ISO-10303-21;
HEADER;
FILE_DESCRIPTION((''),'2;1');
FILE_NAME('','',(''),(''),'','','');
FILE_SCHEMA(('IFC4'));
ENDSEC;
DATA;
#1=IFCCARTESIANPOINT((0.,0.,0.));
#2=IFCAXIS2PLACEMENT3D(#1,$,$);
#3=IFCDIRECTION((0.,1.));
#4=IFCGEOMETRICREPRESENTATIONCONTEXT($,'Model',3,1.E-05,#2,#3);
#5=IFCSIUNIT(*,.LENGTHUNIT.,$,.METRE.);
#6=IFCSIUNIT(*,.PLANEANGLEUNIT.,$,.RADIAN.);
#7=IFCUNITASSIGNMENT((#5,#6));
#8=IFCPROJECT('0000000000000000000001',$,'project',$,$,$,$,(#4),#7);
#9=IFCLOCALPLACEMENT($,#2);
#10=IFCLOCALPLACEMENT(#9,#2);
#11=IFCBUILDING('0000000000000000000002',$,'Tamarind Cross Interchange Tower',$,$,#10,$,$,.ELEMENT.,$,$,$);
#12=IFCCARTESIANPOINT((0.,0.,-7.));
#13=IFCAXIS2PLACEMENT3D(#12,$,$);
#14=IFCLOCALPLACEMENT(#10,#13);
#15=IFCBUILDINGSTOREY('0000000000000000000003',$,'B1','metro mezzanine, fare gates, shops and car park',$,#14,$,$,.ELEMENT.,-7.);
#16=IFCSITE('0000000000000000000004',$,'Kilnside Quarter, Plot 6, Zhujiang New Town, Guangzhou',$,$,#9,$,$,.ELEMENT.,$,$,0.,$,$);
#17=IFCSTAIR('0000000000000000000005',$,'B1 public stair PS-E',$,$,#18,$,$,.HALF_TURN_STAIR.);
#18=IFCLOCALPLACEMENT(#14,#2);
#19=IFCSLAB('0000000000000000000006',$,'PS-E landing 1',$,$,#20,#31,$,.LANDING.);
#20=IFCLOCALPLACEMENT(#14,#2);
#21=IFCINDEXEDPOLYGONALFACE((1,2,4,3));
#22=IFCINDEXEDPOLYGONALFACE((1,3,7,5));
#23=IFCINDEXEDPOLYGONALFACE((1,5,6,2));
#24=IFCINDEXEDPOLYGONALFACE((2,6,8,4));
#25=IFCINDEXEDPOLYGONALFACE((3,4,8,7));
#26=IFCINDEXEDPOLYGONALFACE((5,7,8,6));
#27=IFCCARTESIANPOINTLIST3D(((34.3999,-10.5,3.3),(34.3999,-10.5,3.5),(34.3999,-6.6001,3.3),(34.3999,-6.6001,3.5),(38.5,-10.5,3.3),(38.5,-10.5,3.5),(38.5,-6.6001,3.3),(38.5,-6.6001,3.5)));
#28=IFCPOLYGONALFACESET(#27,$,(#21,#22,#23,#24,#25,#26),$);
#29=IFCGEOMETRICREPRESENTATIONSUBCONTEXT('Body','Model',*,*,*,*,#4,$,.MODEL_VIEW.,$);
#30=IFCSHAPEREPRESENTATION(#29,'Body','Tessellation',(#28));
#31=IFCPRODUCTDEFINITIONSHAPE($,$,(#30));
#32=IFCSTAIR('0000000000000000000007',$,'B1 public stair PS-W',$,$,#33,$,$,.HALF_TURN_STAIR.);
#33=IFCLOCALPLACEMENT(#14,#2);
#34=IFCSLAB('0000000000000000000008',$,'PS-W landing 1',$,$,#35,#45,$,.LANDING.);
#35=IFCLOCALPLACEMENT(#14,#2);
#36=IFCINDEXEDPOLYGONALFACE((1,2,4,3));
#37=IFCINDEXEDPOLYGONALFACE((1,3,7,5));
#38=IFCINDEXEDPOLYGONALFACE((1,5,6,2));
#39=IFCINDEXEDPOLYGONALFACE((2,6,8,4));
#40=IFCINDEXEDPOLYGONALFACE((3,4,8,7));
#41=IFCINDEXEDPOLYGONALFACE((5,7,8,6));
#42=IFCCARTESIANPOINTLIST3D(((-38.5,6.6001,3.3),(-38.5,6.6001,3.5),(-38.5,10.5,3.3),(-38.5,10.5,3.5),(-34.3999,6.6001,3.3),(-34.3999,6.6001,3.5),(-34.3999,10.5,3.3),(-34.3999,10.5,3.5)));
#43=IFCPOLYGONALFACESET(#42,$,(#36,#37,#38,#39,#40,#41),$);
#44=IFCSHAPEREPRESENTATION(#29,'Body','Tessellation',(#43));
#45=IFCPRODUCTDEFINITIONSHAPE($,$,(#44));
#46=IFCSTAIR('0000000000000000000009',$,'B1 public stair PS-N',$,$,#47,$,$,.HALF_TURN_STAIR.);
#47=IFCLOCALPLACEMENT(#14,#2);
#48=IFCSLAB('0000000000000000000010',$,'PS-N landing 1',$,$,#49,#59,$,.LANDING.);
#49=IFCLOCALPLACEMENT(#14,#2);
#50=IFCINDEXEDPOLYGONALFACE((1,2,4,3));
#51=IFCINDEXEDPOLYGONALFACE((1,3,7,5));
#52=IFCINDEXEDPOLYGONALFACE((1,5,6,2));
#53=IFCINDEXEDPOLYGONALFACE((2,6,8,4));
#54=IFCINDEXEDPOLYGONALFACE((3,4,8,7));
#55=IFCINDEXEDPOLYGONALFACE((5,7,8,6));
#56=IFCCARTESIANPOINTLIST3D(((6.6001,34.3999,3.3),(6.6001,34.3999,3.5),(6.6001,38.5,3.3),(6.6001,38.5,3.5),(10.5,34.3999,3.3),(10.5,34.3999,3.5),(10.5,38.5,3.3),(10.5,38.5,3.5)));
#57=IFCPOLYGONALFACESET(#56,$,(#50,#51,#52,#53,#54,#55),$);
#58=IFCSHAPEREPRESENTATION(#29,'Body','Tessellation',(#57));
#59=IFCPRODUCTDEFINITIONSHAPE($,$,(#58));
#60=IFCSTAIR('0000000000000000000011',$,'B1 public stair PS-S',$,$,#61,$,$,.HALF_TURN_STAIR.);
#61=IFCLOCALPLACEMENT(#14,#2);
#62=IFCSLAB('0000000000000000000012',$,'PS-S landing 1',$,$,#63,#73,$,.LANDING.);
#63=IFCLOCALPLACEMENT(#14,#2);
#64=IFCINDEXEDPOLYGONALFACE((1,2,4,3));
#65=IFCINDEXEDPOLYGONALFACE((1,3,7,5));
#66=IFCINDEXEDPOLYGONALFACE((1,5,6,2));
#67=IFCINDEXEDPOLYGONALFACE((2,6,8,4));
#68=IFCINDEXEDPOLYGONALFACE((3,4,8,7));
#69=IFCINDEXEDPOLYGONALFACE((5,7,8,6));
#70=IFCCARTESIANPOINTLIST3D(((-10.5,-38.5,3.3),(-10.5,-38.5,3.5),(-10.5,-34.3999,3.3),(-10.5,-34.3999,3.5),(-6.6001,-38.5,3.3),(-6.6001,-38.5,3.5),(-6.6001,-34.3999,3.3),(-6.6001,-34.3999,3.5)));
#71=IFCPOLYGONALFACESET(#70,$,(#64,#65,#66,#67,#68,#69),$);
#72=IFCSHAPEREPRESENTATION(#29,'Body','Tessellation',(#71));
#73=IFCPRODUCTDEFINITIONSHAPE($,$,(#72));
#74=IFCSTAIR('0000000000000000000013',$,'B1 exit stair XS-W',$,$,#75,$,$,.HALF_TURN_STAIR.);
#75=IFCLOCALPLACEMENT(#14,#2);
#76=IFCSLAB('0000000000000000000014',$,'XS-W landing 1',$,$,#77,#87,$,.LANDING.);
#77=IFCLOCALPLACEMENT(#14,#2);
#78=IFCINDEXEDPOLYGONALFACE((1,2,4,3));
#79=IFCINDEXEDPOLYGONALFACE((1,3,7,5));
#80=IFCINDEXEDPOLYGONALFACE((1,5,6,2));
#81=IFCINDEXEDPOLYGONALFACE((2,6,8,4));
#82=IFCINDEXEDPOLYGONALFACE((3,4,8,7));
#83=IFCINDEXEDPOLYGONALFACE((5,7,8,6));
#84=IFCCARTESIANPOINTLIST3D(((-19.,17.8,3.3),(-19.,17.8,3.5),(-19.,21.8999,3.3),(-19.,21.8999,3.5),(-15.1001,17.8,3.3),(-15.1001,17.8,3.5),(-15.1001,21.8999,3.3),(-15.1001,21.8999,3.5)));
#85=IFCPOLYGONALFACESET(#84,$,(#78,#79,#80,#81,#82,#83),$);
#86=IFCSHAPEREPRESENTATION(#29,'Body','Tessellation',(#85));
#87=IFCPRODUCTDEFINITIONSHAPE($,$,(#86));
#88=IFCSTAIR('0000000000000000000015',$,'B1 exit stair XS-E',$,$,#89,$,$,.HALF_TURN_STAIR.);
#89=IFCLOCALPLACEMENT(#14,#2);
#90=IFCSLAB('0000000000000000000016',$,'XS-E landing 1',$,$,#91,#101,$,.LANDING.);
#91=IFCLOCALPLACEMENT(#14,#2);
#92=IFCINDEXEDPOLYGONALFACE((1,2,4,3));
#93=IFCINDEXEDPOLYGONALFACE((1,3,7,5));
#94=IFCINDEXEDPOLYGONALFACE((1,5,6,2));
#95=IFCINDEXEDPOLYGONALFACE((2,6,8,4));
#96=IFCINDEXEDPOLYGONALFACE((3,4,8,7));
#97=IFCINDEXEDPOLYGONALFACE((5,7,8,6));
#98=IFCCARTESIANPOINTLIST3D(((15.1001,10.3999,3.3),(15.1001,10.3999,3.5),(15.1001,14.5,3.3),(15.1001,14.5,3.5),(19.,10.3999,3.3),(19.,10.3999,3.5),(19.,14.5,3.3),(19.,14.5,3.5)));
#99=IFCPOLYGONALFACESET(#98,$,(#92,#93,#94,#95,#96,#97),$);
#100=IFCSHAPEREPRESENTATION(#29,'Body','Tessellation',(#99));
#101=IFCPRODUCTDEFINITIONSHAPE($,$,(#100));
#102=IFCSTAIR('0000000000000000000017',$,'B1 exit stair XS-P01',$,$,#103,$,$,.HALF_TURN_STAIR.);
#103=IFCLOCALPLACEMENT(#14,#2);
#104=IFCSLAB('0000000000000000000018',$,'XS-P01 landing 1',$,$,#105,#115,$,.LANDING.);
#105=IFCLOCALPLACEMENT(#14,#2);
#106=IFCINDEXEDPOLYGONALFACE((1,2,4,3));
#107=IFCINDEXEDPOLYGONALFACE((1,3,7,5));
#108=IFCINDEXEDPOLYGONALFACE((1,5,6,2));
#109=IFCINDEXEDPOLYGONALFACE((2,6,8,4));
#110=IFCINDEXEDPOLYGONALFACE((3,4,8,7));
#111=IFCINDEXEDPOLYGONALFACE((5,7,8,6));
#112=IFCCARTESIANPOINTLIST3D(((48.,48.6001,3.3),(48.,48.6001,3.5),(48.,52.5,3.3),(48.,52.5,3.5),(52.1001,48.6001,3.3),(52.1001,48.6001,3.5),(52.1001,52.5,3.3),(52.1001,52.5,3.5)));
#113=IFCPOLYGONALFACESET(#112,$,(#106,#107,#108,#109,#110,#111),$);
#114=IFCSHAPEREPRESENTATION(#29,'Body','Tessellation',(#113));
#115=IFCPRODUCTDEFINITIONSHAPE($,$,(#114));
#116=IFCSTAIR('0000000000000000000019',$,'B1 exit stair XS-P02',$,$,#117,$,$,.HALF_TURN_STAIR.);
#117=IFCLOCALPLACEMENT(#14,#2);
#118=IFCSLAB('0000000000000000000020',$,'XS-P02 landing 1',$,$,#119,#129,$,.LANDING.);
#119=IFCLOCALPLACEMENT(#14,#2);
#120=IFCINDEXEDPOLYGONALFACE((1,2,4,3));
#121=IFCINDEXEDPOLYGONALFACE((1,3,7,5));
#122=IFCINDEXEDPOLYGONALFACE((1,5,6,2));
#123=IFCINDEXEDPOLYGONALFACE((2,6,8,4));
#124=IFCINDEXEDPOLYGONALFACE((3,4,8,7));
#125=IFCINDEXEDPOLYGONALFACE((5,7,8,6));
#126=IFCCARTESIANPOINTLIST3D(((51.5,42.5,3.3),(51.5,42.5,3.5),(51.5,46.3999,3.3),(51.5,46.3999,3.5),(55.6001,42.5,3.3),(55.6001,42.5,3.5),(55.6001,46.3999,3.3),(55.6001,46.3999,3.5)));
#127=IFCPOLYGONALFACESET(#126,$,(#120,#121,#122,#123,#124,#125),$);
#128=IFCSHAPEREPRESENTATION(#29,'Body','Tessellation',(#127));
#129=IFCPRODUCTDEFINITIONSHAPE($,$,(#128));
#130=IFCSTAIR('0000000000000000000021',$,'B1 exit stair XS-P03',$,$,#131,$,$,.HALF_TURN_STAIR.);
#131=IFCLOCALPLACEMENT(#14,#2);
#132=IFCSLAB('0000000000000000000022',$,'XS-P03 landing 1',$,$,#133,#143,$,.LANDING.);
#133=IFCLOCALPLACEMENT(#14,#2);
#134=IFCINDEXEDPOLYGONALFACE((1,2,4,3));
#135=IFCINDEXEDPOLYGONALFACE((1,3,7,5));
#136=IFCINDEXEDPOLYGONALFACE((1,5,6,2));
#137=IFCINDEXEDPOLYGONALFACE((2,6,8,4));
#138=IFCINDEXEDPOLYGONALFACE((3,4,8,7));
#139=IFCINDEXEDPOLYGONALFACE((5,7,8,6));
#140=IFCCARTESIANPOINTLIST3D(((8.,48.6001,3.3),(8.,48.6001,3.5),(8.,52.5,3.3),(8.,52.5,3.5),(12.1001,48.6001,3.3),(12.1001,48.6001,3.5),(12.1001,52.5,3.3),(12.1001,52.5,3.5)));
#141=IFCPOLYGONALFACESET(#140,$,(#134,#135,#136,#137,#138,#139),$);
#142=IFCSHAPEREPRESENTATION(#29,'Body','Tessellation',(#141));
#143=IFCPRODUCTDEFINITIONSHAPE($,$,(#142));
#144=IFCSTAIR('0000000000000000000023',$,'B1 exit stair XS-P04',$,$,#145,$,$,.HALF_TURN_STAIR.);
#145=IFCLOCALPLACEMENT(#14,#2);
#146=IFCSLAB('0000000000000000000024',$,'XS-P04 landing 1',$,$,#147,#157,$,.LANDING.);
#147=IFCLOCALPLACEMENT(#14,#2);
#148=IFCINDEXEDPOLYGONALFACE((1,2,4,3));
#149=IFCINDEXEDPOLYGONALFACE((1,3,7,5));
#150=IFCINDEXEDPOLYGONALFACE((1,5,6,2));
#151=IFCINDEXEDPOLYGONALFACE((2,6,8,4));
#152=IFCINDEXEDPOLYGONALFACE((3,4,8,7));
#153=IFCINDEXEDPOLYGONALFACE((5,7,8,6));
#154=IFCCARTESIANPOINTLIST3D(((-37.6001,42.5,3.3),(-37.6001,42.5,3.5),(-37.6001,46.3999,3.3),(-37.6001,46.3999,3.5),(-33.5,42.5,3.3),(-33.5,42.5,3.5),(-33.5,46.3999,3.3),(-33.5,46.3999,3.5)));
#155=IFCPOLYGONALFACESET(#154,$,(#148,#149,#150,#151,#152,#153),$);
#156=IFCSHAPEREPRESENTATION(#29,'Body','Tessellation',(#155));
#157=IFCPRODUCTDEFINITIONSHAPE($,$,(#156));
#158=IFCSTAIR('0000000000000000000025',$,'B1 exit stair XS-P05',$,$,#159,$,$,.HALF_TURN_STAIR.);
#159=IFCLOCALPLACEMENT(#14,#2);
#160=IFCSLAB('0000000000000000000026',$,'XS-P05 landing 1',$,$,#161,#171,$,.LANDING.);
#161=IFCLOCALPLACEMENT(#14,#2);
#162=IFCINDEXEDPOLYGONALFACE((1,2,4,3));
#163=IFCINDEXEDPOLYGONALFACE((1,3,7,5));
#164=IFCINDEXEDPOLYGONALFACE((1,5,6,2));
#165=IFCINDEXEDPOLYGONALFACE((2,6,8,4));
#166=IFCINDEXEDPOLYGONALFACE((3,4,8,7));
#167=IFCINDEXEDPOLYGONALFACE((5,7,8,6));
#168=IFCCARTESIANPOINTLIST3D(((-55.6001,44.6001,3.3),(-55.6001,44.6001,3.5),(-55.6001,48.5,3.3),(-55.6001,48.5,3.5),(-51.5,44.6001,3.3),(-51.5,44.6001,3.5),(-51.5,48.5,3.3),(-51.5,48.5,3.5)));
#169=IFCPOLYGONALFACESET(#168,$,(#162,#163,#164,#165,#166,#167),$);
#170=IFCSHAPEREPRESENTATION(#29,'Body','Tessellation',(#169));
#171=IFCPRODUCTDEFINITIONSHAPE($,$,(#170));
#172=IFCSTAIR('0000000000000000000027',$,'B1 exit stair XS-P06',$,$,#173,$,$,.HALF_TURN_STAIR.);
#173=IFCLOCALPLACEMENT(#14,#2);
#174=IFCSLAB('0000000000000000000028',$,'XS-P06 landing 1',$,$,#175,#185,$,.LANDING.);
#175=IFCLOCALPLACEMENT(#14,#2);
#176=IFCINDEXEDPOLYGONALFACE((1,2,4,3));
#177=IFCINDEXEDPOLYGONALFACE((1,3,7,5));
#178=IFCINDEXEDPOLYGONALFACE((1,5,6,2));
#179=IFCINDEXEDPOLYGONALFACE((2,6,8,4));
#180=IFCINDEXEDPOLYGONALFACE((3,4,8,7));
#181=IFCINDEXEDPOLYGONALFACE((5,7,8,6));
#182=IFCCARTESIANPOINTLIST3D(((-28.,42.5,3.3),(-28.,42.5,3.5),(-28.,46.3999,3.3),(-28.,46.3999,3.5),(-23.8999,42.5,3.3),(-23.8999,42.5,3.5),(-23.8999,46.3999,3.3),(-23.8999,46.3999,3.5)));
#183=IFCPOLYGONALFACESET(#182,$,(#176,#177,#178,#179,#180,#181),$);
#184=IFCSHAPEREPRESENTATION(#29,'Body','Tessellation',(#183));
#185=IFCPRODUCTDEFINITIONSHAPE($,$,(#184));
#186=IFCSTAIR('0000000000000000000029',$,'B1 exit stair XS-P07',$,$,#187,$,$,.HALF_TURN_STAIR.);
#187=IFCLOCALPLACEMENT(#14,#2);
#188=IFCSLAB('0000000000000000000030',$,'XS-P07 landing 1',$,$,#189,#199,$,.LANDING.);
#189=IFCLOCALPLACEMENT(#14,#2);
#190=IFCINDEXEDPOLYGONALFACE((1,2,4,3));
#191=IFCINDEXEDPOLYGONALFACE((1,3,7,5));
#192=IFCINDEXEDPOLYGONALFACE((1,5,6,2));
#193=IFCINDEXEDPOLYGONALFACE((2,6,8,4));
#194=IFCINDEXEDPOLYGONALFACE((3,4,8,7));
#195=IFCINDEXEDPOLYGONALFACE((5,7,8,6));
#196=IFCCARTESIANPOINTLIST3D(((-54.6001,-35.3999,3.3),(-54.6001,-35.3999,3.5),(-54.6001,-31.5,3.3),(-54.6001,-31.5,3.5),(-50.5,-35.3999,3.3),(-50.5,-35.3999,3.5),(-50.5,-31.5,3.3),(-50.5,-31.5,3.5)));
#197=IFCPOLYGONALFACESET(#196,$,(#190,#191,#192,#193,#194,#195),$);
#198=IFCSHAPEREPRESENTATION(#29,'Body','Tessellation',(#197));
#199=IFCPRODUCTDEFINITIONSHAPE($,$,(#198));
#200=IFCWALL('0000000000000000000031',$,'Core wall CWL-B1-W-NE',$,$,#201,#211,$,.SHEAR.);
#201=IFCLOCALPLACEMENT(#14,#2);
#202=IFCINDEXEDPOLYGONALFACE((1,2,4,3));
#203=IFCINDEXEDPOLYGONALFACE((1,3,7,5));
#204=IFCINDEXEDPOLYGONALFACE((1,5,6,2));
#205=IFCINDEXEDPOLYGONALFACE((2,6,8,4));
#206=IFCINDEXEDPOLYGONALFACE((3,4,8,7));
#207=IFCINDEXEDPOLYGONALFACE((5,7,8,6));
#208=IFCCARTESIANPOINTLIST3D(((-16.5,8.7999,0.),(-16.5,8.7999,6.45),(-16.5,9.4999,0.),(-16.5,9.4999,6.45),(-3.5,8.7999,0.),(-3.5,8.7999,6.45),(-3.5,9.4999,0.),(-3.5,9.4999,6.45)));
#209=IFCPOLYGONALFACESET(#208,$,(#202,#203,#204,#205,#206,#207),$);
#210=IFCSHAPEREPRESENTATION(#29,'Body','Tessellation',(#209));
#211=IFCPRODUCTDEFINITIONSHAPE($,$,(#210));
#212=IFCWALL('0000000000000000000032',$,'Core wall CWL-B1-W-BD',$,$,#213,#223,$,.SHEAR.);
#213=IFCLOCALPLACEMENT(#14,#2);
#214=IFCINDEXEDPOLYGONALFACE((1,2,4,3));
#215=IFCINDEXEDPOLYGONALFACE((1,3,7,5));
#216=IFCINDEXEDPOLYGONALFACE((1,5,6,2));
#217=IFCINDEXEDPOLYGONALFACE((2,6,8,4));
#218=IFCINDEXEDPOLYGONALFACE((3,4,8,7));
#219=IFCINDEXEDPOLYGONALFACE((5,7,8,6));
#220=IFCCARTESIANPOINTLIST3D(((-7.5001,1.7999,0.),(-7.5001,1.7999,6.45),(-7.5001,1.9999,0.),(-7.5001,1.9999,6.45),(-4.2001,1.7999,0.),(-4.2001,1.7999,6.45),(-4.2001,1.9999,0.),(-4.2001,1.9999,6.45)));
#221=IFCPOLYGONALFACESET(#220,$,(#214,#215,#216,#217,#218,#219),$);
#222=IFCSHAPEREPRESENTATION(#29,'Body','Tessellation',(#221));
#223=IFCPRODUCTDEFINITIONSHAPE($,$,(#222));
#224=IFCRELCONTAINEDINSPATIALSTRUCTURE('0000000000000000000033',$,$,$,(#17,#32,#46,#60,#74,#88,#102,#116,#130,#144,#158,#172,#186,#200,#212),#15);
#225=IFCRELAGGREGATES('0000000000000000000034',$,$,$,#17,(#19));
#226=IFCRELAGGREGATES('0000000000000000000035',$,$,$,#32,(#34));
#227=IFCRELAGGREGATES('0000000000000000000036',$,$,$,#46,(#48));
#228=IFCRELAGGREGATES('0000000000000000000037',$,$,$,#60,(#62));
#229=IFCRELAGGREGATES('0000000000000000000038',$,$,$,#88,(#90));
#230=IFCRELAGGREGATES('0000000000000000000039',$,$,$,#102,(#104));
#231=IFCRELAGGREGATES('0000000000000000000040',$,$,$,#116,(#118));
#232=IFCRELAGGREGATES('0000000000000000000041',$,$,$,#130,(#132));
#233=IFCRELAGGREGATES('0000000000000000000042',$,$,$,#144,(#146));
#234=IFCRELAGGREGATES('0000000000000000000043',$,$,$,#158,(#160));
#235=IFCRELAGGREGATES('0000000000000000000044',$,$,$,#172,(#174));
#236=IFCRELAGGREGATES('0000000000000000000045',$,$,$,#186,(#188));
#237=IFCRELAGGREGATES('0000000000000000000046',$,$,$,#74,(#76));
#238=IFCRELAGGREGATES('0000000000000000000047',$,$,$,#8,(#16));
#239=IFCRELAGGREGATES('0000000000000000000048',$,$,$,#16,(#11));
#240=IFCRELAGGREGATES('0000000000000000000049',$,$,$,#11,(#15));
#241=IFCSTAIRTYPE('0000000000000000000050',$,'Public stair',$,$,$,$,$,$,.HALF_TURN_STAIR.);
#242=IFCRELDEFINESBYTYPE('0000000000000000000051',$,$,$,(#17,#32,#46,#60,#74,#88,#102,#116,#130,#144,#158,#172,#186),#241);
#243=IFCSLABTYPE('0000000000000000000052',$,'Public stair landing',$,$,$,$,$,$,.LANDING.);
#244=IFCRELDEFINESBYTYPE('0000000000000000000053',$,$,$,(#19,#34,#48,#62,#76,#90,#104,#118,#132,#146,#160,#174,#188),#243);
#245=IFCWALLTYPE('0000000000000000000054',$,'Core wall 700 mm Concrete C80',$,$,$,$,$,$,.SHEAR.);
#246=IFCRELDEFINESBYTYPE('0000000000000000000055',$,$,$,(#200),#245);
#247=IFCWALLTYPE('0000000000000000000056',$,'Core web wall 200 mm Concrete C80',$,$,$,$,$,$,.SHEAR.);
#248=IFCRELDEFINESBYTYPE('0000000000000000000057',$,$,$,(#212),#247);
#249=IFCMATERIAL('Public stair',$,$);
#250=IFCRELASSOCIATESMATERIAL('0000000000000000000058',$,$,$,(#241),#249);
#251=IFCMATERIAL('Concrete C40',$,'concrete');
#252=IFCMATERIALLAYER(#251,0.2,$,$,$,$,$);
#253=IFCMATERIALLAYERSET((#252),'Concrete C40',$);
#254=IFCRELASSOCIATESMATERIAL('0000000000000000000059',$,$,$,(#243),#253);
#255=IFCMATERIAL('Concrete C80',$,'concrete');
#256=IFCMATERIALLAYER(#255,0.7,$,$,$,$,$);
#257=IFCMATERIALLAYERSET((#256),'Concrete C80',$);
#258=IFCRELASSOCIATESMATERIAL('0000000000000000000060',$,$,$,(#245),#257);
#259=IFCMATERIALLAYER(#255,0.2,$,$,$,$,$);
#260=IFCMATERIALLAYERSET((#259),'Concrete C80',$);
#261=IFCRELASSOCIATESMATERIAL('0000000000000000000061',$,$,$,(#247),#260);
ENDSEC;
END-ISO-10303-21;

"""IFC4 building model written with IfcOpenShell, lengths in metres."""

from ifc_helpers import new_model, si_unit, direction, frame, frame_2d, origin, place, context, subcontext, project, spatial, polyline, rectangle, outline, extrude, material, layer, layer_set, type_object, element, aggregate, save


model = new_model("IFC4")

# Units and contexts
model_context = context("Model", 3, precision=1e-05, world=origin(), true_north=direction((0.0, 1.0)))
body_context = subcontext(model_context, "Body", "Model", "MODEL_VIEW")
ifc_project = project(units=[si_unit("LENGTHUNIT", "METRE"), si_unit("PLANEANGLEUNIT", "RADIAN")], contexts=[model_context])

# Site, building, storey
site_placement = place(None, origin())
site = spatial("IfcSite", under=ifc_project, at=site_placement, Name="Kilnside Quarter, Plot 6, Zhujiang New Town, Guangzhou", CompositionType="ELEMENT", RefElevation=0.0)
building_placement = place(site_placement, origin())
building = spatial("IfcBuilding", under=site, at=building_placement, Name="Tamarind Cross Interchange Tower", CompositionType="ELEMENT")
storey_placement = place(building_placement, frame((0.0, 0.0, -7.0)))
storey = spatial("IfcBuildingStorey", under=building, at=storey_placement, Name="B1", Description="metro mezzanine, fare gates, shops and car park", CompositionType="ELEMENT", Elevation=-7.0)

# Shared definitions
ifc_material_1 = material(Name="Concrete C80", Category="concrete")

# Shared definitions
ifc_material_2 = material(Name="Concrete C40", Category="concrete")

# Stairs, slabs
ifc_material_3 = material(Name="Public stair")
stair_type = type_object("IfcStairType", Name="Public stair", PredefinedType="HALF_TURN_STAIR", material=ifc_material_3)
stair_1_placement = place(storey_placement, origin())
stair_1 = element("IfcStair", 1, at=stair_1_placement, inside=storey, type_object=stair_type, Name="B1 public stair PS-E", PredefinedType="HALF_TURN_STAIR")
ifc_layer_1 = layer(ifc_material_2, 0.2)
ifc_layer_set_1 = layer_set([ifc_layer_1], Name="Concrete C40")
slab_type_1 = type_object("IfcSlabType", Name="Public stair landing", PredefinedType="LANDING", material=ifc_layer_set_1)
slab_1_placement = place(storey_placement, frame((0.0, 0.0, 3.3)))
slab_1 = element("IfcSlab", 2, at=slab_1_placement, type_object=slab_type_1, Name="PS-E landing 1", PredefinedType="LANDING", context=body_context, shape_type="SweptSolid", body=[
    extrude(outline(polyline([(34.3999, -10.5), (38.5, -10.5), (38.5, -6.6001), (34.3999, -6.6001), (34.3999, -10.5)])), origin(), (0.0, 0.0, 1.0), 0.2),
])
aggregate(stair_1, [slab_1])
stair_2_placement = place(storey_placement, origin())
stair_2 = element("IfcStair", 3, at=stair_2_placement, inside=storey, type_object=stair_type, Name="B1 public stair PS-W", PredefinedType="HALF_TURN_STAIR")
slab_2_placement = place(storey_placement, frame((0.0, 0.0, 3.3)))
slab_2 = element("IfcSlab", 4, at=slab_2_placement, type_object=slab_type_1, Name="PS-W landing 1", PredefinedType="LANDING", context=body_context, shape_type="SweptSolid", body=[
    extrude(outline(polyline([(-34.3999, 10.5), (-38.5, 10.5), (-38.5, 6.6001), (-34.3999, 6.6001), (-34.3999, 10.5)])), origin(), (0.0, 0.0, 1.0), 0.2),
])
aggregate(stair_2, [slab_2])
stair_3_placement = place(storey_placement, origin())
stair_3 = element("IfcStair", 5, at=stair_3_placement, inside=storey, type_object=stair_type, Name="B1 public stair PS-N", PredefinedType="HALF_TURN_STAIR")
slab_3_placement = place(storey_placement, frame((0.0, 0.0, 3.3)))
slab_3 = element("IfcSlab", 6, at=slab_3_placement, type_object=slab_type_1, Name="PS-N landing 1", PredefinedType="LANDING", context=body_context, shape_type="SweptSolid", body=[
    extrude(outline(polyline([(10.5, 34.3999), (10.5, 38.5), (6.6001, 38.5), (6.6001, 34.3999), (10.5, 34.3999)])), origin(), (0.0, 0.0, 1.0), 0.2),
])
aggregate(stair_3, [slab_3])
stair_4_placement = place(storey_placement, origin())
stair_4 = element("IfcStair", 7, at=stair_4_placement, inside=storey, type_object=stair_type, Name="B1 public stair PS-S", PredefinedType="HALF_TURN_STAIR")
slab_4_placement = place(storey_placement, frame((0.0, 0.0, 3.3)))
slab_4 = element("IfcSlab", 8, at=slab_4_placement, type_object=slab_type_1, Name="PS-S landing 1", PredefinedType="LANDING", context=body_context, shape_type="SweptSolid", body=[
    extrude(outline(polyline([(-10.5, -34.3999), (-10.5, -38.5), (-6.6001, -38.5), (-6.6001, -34.3999), (-10.5, -34.3999)])), origin(), (0.0, 0.0, 1.0), 0.2),
])
aggregate(stair_4, [slab_4])
stair_5_placement = place(storey_placement, origin())
stair_5 = element("IfcStair", 9, at=stair_5_placement, inside=storey, type_object=stair_type, Name="B1 exit stair XS-W", PredefinedType="HALF_TURN_STAIR")
slab_5_placement = place(storey_placement, frame((0.0, 0.0, 3.3)))
slab_5 = element("IfcSlab", 10, at=slab_5_placement, type_object=slab_type_1, Name="XS-W landing 1", PredefinedType="LANDING", context=body_context, shape_type="SweptSolid", body=[
    extrude(outline(polyline([(-15.1001, 17.8), (-15.1001, 21.8999), (-19.0, 21.8999), (-19.0, 17.8), (-15.1001, 17.8)])), origin(), (0.0, 0.0, 1.0), 0.2),
])
stair_6_placement = place(storey_placement, origin())
stair_6 = element("IfcStair", 11, at=stair_6_placement, inside=storey, type_object=stair_type, Name="B1 exit stair XS-E", PredefinedType="HALF_TURN_STAIR")
slab_6_placement = place(storey_placement, frame((0.0, 0.0, 3.3)))
slab_6 = element("IfcSlab", 12, at=slab_6_placement, type_object=slab_type_1, Name="XS-E landing 1", PredefinedType="LANDING", context=body_context, shape_type="SweptSolid", body=[
    extrude(outline(polyline([(15.1001, 14.5), (15.1001, 10.3999), (19.0, 10.3999), (19.0, 14.5), (15.1001, 14.5)])), origin(), (0.0, 0.0, 1.0), 0.2),
])
aggregate(stair_6, [slab_6])
stair_7_placement = place(storey_placement, origin())
stair_7 = element("IfcStair", 13, at=stair_7_placement, inside=storey, type_object=stair_type, Name="B1 exit stair XS-P01", PredefinedType="HALF_TURN_STAIR")
slab_7_placement = place(storey_placement, frame((0.0, 0.0, 3.3)))
slab_7 = element("IfcSlab", 14, at=slab_7_placement, type_object=slab_type_1, Name="XS-P01 landing 1", PredefinedType="LANDING", context=body_context, shape_type="SweptSolid", body=[
    extrude(outline(polyline([(52.1001, 52.5), (48.0, 52.5), (48.0, 48.6001), (52.1001, 48.6001), (52.1001, 52.5)])), origin(), (0.0, 0.0, 1.0), 0.2),
])
aggregate(stair_7, [slab_7])
stair_8_placement = place(storey_placement, origin())
stair_8 = element("IfcStair", 15, at=stair_8_placement, inside=storey, type_object=stair_type, Name="B1 exit stair XS-P02", PredefinedType="HALF_TURN_STAIR")
slab_8_placement = place(storey_placement, frame((0.0, 0.0, 3.3)))
slab_8 = element("IfcSlab", 16, at=slab_8_placement, type_object=slab_type_1, Name="XS-P02 landing 1", PredefinedType="LANDING", context=body_context, shape_type="SweptSolid", body=[
    extrude(outline(polyline([(55.6001, 46.3999), (51.5, 46.3999), (51.5, 42.5), (55.6001, 42.5), (55.6001, 46.3999)])), origin(), (0.0, 0.0, 1.0), 0.2),
])
aggregate(stair_8, [slab_8])
stair_9_placement = place(storey_placement, origin())
stair_9 = element("IfcStair", 17, at=stair_9_placement, inside=storey, type_object=stair_type, Name="B1 exit stair XS-P03", PredefinedType="HALF_TURN_STAIR")
slab_9_placement = place(storey_placement, frame((0.0, 0.0, 3.3)))
slab_9 = element("IfcSlab", 18, at=slab_9_placement, type_object=slab_type_1, Name="XS-P03 landing 1", PredefinedType="LANDING", context=body_context, shape_type="SweptSolid", body=[
    extrude(outline(polyline([(12.1001, 52.5), (8.0, 52.5), (8.0, 48.6001), (12.1001, 48.6001), (12.1001, 52.5)])), origin(), (0.0, 0.0, 1.0), 0.2),
])
aggregate(stair_9, [slab_9])
stair_10_placement = place(storey_placement, origin())
stair_10 = element("IfcStair", 19, at=stair_10_placement, inside=storey, type_object=stair_type, Name="B1 exit stair XS-P04", PredefinedType="HALF_TURN_STAIR")
slab_10_placement = place(storey_placement, frame((0.0, 0.0, 3.3)))
slab_10 = element("IfcSlab", 20, at=slab_10_placement, type_object=slab_type_1, Name="XS-P04 landing 1", PredefinedType="LANDING", context=body_context, shape_type="SweptSolid", body=[
    extrude(outline(polyline([(-37.6001, 42.5), (-33.5, 42.5), (-33.5, 46.3999), (-37.6001, 46.3999), (-37.6001, 42.5)])), origin(), (0.0, 0.0, 1.0), 0.2),
])
aggregate(stair_10, [slab_10])
stair_11_placement = place(storey_placement, origin())
stair_11 = element("IfcStair", 21, at=stair_11_placement, inside=storey, type_object=stair_type, Name="B1 exit stair XS-P05", PredefinedType="HALF_TURN_STAIR")
slab_11_placement = place(storey_placement, frame((0.0, 0.0, 3.3)))
slab_11 = element("IfcSlab", 22, at=slab_11_placement, type_object=slab_type_1, Name="XS-P05 landing 1", PredefinedType="LANDING", context=body_context, shape_type="SweptSolid", body=[
    extrude(outline(polyline([(-55.6001, 44.6001), (-51.5, 44.6001), (-51.5, 48.5), (-55.6001, 48.5), (-55.6001, 44.6001)])), origin(), (0.0, 0.0, 1.0), 0.2),
])
aggregate(stair_11, [slab_11])
stair_12_placement = place(storey_placement, origin())
stair_12 = element("IfcStair", 23, at=stair_12_placement, inside=storey, type_object=stair_type, Name="B1 exit stair XS-P06", PredefinedType="HALF_TURN_STAIR")
slab_12_placement = place(storey_placement, frame((0.0, 0.0, 3.3)))
slab_12 = element("IfcSlab", 24, at=slab_12_placement, type_object=slab_type_1, Name="XS-P06 landing 1", PredefinedType="LANDING", context=body_context, shape_type="SweptSolid", body=[
    extrude(outline(polyline([(-23.8999, 46.3999), (-28.0, 46.3999), (-28.0, 42.5), (-23.8999, 42.5), (-23.8999, 46.3999)])), origin(), (0.0, 0.0, 1.0), 0.2),
])
aggregate(stair_12, [slab_12])
stair_13_placement = place(storey_placement, origin())
stair_13 = element("IfcStair", 25, at=stair_13_placement, inside=storey, type_object=stair_type, Name="B1 exit stair XS-P07", PredefinedType="HALF_TURN_STAIR")
slab_13_placement = place(storey_placement, frame((0.0, 0.0, 3.3)))
slab_13 = element("IfcSlab", 26, at=slab_13_placement, type_object=slab_type_1, Name="XS-P07 landing 1", PredefinedType="LANDING", context=body_context, shape_type="SweptSolid", body=[
    extrude(outline(polyline([(-54.6001, -35.3999), (-50.5, -35.3999), (-50.5, -31.5), (-54.6001, -31.5), (-54.6001, -35.3999)])), origin(), (0.0, 0.0, 1.0), 0.2),
])
aggregate(stair_13, [slab_13])

# Walls
ifc_layer_2 = layer(ifc_material_1, 0.7)
ifc_layer_set_2 = layer_set([ifc_layer_2], Name="Concrete C80")
wall_type_1 = type_object("IfcWallType", Name="Core wall 700 mm Concrete C80", PredefinedType="SHEAR", material=ifc_layer_set_2)
wall_1_placement = place(storey_placement, frame((-16.5, 9.1499, 0.0), z_axis=(0.0, 0.0, 1.0), x_axis=(1.0, 0.0, 0.0)))
element("IfcWall", 27, at=wall_1_placement, inside=storey, type_object=wall_type_1, Name="Core wall CWL-B1-W-NE", PredefinedType="SHEAR", context=body_context, shape_type="SweptSolid", body=[
    extrude(rectangle(XDim=13.0, YDim=0.7, at=frame_2d((6.5, 0.0))), origin(), (0.0, 0.0, 1.0), 6.45),
])
ifc_layer_3 = layer(ifc_material_1, 0.2)
ifc_layer_set_3 = layer_set([ifc_layer_3], Name="Concrete C80")
wall_type_2 = type_object("IfcWallType", Name="Core web wall 200 mm Concrete C80", PredefinedType="SHEAR", material=ifc_layer_set_3)
wall_2_placement = place(storey_placement, frame((-7.5, 1.8999, 0.0), z_axis=(0.0, 0.0, 1.0), x_axis=(1.0, 0.0, 0.0)))
element("IfcWall", 28, at=wall_2_placement, inside=storey, type_object=wall_type_2, Name="Core wall CWL-B1-W-BD", PredefinedType="SHEAR", context=body_context, shape_type="SweptSolid", body=[
    extrude(rectangle(XDim=3.3, YDim=0.2, at=frame_2d((1.6499, 0.0))), origin(), (0.0, 0.0, 1.0), 6.45),
])

aggregate(stair_5, [slab_5])

save(model, "model.ifc")
